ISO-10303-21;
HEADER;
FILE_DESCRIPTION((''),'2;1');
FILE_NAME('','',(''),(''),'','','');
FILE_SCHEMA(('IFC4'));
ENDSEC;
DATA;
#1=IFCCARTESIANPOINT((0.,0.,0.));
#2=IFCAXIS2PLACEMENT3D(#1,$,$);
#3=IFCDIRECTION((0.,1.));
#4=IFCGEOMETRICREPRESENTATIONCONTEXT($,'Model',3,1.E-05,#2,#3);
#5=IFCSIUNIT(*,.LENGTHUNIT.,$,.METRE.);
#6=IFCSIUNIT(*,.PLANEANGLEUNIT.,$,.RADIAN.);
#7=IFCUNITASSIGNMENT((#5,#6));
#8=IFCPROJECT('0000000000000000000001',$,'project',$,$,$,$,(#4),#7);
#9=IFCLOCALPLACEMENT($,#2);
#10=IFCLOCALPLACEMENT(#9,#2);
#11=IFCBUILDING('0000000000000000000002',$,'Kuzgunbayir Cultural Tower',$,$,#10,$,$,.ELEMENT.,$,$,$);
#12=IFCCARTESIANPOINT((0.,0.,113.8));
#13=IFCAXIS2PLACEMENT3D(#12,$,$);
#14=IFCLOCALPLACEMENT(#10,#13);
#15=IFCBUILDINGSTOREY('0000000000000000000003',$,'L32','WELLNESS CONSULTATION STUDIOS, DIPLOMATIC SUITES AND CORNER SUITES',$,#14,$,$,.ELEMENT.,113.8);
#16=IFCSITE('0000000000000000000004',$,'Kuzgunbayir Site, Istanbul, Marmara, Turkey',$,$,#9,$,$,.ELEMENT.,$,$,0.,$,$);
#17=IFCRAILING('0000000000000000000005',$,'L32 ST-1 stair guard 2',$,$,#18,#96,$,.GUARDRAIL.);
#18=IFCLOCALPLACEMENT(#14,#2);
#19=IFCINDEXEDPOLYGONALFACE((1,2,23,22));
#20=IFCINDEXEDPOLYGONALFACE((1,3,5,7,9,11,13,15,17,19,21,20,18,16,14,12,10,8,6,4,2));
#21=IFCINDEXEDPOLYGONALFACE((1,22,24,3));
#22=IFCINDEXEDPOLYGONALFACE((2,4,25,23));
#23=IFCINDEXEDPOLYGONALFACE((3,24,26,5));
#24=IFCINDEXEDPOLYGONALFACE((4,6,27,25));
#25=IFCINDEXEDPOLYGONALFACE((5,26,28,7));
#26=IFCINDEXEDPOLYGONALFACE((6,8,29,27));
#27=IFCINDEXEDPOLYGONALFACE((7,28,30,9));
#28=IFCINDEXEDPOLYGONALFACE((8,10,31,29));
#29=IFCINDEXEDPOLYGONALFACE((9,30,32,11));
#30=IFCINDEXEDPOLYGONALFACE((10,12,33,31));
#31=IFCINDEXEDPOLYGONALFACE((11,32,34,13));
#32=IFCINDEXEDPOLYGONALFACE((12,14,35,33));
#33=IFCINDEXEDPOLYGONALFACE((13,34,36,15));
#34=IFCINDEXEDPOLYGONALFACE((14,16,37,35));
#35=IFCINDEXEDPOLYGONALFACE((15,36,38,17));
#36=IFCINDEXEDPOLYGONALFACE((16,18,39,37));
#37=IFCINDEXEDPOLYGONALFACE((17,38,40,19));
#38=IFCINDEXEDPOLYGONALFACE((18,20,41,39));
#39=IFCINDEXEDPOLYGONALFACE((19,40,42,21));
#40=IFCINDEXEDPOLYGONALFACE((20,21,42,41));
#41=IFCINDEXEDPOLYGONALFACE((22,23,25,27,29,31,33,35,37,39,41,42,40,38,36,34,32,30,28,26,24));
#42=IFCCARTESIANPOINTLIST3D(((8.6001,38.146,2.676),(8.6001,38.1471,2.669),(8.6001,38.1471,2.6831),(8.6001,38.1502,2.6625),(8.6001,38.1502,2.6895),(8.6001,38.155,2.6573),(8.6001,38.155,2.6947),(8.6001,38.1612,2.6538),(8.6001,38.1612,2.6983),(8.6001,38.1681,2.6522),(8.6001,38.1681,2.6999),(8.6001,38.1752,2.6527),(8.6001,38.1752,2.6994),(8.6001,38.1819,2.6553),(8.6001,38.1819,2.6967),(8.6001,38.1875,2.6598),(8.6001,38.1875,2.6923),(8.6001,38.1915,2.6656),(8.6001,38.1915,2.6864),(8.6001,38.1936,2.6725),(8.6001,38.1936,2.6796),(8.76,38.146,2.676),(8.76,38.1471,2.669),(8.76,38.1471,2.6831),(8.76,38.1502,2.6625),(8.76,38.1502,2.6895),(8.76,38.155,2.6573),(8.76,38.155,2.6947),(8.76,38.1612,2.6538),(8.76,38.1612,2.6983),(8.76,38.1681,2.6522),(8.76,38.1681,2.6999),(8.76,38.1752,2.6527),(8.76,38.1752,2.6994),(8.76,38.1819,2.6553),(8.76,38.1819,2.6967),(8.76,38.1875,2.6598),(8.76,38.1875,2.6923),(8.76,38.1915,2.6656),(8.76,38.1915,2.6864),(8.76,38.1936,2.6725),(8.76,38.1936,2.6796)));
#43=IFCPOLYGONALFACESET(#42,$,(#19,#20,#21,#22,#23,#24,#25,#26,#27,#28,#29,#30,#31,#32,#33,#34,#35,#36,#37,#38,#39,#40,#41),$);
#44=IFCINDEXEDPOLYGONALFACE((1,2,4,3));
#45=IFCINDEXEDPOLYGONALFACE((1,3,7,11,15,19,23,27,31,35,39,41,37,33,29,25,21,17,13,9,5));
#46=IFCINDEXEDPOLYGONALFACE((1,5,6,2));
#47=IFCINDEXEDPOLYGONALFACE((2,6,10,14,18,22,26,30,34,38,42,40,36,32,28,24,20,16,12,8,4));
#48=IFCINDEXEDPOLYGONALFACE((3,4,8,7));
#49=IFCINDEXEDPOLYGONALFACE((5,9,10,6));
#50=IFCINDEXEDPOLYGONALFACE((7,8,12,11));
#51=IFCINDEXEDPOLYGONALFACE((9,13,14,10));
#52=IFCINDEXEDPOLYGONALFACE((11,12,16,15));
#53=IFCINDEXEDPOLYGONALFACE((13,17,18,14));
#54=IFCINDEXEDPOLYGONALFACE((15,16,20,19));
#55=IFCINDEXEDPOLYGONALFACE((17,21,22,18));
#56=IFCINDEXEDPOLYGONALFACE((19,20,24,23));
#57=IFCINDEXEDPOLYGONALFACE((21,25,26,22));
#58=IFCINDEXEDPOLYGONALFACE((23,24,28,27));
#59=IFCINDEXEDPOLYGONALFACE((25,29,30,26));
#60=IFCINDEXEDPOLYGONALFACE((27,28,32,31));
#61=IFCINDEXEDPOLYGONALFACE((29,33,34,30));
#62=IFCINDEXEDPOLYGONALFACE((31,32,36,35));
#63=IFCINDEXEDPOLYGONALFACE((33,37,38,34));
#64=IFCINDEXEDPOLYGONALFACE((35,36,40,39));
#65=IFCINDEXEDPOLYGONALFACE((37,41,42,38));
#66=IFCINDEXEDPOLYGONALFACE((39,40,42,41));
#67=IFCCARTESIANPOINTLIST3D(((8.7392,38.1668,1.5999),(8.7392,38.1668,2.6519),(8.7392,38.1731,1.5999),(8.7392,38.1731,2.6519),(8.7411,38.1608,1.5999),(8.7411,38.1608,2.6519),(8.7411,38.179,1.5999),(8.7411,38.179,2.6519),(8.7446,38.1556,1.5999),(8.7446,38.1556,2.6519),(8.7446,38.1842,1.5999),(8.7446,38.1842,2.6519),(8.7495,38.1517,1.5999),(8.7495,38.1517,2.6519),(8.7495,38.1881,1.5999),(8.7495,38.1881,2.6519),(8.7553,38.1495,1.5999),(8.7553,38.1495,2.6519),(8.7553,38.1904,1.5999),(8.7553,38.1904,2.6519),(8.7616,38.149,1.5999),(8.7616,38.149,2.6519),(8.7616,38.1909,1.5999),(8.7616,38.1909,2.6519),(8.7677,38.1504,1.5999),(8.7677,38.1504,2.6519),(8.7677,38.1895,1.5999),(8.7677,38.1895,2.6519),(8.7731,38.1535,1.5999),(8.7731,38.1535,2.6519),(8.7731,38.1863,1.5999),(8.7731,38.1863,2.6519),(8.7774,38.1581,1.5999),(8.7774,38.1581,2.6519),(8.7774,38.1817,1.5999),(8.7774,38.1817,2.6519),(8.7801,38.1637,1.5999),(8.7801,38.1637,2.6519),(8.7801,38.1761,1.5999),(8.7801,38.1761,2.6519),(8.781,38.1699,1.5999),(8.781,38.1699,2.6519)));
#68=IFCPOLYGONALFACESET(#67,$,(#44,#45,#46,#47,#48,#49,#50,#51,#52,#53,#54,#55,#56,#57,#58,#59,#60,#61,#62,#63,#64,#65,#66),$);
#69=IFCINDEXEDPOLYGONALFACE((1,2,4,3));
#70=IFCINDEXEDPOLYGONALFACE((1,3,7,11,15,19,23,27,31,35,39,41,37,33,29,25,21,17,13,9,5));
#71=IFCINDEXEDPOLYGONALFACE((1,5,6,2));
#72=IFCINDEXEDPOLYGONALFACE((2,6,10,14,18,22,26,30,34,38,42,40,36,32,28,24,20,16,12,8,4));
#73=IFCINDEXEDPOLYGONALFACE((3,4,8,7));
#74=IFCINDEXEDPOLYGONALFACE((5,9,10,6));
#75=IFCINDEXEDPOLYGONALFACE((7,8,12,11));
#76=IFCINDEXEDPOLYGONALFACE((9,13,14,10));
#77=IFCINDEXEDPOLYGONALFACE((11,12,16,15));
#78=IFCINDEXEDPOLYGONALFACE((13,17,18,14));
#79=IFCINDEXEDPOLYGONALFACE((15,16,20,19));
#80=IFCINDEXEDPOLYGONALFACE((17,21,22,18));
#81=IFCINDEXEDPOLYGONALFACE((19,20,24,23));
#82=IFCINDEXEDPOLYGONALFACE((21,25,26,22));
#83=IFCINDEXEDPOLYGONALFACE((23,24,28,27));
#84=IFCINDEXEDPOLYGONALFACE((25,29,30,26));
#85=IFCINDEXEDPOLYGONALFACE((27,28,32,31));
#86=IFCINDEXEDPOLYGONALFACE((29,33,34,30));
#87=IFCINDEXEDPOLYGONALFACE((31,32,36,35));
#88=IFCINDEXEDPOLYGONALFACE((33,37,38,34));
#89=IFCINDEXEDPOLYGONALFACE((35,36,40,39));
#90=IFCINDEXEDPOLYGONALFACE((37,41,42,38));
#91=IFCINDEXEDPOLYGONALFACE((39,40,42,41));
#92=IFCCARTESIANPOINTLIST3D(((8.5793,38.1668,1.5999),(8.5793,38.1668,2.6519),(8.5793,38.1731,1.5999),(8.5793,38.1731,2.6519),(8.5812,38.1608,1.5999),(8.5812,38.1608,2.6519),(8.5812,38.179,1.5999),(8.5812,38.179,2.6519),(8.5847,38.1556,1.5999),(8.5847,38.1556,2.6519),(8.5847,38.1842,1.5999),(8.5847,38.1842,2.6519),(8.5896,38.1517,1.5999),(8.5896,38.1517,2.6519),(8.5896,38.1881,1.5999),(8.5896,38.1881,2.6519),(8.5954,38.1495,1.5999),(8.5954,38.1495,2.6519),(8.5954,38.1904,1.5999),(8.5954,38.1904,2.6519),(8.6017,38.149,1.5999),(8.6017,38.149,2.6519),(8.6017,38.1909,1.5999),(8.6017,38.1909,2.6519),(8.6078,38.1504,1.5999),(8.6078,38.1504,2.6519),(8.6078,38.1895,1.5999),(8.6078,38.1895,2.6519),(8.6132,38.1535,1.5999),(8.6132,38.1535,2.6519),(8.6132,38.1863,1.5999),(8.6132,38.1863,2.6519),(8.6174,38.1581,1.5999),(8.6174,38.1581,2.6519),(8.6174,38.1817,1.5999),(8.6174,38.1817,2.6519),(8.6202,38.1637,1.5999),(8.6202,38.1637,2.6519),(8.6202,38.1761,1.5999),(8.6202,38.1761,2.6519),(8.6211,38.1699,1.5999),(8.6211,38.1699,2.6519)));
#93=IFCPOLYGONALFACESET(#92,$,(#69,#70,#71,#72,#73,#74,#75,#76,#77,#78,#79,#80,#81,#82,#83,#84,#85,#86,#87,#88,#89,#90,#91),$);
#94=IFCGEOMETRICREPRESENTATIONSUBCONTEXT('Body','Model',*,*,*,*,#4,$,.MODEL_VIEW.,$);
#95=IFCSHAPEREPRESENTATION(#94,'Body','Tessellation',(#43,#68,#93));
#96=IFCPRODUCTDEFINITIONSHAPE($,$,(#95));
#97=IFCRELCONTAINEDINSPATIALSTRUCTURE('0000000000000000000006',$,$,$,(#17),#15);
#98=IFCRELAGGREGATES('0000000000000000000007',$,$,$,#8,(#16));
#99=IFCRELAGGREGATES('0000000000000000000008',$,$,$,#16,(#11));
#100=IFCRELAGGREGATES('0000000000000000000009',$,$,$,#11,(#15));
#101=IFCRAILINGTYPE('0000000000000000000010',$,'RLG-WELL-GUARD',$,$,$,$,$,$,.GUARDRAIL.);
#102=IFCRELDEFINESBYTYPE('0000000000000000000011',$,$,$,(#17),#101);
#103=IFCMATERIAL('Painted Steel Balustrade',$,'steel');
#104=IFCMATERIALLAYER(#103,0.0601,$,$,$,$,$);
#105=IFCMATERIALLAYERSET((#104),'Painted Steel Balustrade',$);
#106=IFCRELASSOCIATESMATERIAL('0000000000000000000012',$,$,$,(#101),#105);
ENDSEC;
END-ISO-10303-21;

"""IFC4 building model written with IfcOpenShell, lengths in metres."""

from ifc_helpers import new_model, si_unit, direction, frame, origin, origin_2d, place, context, subcontext, project, spatial, circle, extrude, material, layer, layer_set, type_object, element, save


model = new_model("IFC4")

# Units and contexts
model_context = context("Model", 3, precision=1e-05, world=origin(), true_north=direction((0.0, 1.0)))
body_context = subcontext(model_context, "Body", "Model", "MODEL_VIEW")
ifc_project = project(units=[si_unit("LENGTHUNIT", "METRE"), si_unit("PLANEANGLEUNIT", "RADIAN")], contexts=[model_context])

# Site, building, storey
site_placement = place(None, origin())
site = spatial("IfcSite", under=ifc_project, at=site_placement, Name="Kuzgunbayir Site, Istanbul, Marmara, Turkey", CompositionType="ELEMENT", RefElevation=0.0)
building_placement = place(site_placement, origin())
building = spatial("IfcBuilding", under=site, at=building_placement, Name="Kuzgunbayir Cultural Tower", CompositionType="ELEMENT")
storey_placement = place(building_placement, frame((0.0, 0.0, 113.8)))
storey = spatial("IfcBuildingStorey", under=building, at=storey_placement, Name="L32", Description="WELLNESS CONSULTATION STUDIOS, DIPLOMATIC SUITES AND CORNER SUITES", CompositionType="ELEMENT", Elevation=113.8)

# Railing
ifc_material_1 = material(Name="Painted Steel Balustrade", Category="steel")
ifc_layer_1 = layer(ifc_material_1, 0.0601)
ifc_layer_set_1 = layer_set([ifc_layer_1], Name="Painted Steel Balustrade")
railing_type_1 = type_object("IfcRailingType", Name="RLG-WELL-GUARD", PredefinedType="GUARDRAIL", material=ifc_layer_set_1)
railing_1_placement = place(storey_placement, frame((8.76, 38.1699, 1.5999)))
element("IfcRailing", 1, at=railing_1_placement, inside=storey, type_object=railing_type_1, Name="L32 ST-1 stair guard 2", PredefinedType="GUARDRAIL", context=body_context, shape_type="SweptSolid", body=[
    extrude(circle(Radius=0.0239, at=origin_2d()), frame((0.0, 0.0, 1.0762), z_axis=(-1.0, 0.0, 0.0), x_axis=(0.0, -1.0, 0.0)), (0.0, 0.0, 1.0), 0.1599),
    extrude(circle(Radius=0.021, at=origin_2d()), origin(), (0.0, 0.0, 1.0), 1.052),
    extrude(circle(Radius=0.021, at=origin_2d()), frame((-0.1599, 0.0, 0.0)), (0.0, 0.0, 1.0), 1.052),
])

save(model, "model.ifc")
